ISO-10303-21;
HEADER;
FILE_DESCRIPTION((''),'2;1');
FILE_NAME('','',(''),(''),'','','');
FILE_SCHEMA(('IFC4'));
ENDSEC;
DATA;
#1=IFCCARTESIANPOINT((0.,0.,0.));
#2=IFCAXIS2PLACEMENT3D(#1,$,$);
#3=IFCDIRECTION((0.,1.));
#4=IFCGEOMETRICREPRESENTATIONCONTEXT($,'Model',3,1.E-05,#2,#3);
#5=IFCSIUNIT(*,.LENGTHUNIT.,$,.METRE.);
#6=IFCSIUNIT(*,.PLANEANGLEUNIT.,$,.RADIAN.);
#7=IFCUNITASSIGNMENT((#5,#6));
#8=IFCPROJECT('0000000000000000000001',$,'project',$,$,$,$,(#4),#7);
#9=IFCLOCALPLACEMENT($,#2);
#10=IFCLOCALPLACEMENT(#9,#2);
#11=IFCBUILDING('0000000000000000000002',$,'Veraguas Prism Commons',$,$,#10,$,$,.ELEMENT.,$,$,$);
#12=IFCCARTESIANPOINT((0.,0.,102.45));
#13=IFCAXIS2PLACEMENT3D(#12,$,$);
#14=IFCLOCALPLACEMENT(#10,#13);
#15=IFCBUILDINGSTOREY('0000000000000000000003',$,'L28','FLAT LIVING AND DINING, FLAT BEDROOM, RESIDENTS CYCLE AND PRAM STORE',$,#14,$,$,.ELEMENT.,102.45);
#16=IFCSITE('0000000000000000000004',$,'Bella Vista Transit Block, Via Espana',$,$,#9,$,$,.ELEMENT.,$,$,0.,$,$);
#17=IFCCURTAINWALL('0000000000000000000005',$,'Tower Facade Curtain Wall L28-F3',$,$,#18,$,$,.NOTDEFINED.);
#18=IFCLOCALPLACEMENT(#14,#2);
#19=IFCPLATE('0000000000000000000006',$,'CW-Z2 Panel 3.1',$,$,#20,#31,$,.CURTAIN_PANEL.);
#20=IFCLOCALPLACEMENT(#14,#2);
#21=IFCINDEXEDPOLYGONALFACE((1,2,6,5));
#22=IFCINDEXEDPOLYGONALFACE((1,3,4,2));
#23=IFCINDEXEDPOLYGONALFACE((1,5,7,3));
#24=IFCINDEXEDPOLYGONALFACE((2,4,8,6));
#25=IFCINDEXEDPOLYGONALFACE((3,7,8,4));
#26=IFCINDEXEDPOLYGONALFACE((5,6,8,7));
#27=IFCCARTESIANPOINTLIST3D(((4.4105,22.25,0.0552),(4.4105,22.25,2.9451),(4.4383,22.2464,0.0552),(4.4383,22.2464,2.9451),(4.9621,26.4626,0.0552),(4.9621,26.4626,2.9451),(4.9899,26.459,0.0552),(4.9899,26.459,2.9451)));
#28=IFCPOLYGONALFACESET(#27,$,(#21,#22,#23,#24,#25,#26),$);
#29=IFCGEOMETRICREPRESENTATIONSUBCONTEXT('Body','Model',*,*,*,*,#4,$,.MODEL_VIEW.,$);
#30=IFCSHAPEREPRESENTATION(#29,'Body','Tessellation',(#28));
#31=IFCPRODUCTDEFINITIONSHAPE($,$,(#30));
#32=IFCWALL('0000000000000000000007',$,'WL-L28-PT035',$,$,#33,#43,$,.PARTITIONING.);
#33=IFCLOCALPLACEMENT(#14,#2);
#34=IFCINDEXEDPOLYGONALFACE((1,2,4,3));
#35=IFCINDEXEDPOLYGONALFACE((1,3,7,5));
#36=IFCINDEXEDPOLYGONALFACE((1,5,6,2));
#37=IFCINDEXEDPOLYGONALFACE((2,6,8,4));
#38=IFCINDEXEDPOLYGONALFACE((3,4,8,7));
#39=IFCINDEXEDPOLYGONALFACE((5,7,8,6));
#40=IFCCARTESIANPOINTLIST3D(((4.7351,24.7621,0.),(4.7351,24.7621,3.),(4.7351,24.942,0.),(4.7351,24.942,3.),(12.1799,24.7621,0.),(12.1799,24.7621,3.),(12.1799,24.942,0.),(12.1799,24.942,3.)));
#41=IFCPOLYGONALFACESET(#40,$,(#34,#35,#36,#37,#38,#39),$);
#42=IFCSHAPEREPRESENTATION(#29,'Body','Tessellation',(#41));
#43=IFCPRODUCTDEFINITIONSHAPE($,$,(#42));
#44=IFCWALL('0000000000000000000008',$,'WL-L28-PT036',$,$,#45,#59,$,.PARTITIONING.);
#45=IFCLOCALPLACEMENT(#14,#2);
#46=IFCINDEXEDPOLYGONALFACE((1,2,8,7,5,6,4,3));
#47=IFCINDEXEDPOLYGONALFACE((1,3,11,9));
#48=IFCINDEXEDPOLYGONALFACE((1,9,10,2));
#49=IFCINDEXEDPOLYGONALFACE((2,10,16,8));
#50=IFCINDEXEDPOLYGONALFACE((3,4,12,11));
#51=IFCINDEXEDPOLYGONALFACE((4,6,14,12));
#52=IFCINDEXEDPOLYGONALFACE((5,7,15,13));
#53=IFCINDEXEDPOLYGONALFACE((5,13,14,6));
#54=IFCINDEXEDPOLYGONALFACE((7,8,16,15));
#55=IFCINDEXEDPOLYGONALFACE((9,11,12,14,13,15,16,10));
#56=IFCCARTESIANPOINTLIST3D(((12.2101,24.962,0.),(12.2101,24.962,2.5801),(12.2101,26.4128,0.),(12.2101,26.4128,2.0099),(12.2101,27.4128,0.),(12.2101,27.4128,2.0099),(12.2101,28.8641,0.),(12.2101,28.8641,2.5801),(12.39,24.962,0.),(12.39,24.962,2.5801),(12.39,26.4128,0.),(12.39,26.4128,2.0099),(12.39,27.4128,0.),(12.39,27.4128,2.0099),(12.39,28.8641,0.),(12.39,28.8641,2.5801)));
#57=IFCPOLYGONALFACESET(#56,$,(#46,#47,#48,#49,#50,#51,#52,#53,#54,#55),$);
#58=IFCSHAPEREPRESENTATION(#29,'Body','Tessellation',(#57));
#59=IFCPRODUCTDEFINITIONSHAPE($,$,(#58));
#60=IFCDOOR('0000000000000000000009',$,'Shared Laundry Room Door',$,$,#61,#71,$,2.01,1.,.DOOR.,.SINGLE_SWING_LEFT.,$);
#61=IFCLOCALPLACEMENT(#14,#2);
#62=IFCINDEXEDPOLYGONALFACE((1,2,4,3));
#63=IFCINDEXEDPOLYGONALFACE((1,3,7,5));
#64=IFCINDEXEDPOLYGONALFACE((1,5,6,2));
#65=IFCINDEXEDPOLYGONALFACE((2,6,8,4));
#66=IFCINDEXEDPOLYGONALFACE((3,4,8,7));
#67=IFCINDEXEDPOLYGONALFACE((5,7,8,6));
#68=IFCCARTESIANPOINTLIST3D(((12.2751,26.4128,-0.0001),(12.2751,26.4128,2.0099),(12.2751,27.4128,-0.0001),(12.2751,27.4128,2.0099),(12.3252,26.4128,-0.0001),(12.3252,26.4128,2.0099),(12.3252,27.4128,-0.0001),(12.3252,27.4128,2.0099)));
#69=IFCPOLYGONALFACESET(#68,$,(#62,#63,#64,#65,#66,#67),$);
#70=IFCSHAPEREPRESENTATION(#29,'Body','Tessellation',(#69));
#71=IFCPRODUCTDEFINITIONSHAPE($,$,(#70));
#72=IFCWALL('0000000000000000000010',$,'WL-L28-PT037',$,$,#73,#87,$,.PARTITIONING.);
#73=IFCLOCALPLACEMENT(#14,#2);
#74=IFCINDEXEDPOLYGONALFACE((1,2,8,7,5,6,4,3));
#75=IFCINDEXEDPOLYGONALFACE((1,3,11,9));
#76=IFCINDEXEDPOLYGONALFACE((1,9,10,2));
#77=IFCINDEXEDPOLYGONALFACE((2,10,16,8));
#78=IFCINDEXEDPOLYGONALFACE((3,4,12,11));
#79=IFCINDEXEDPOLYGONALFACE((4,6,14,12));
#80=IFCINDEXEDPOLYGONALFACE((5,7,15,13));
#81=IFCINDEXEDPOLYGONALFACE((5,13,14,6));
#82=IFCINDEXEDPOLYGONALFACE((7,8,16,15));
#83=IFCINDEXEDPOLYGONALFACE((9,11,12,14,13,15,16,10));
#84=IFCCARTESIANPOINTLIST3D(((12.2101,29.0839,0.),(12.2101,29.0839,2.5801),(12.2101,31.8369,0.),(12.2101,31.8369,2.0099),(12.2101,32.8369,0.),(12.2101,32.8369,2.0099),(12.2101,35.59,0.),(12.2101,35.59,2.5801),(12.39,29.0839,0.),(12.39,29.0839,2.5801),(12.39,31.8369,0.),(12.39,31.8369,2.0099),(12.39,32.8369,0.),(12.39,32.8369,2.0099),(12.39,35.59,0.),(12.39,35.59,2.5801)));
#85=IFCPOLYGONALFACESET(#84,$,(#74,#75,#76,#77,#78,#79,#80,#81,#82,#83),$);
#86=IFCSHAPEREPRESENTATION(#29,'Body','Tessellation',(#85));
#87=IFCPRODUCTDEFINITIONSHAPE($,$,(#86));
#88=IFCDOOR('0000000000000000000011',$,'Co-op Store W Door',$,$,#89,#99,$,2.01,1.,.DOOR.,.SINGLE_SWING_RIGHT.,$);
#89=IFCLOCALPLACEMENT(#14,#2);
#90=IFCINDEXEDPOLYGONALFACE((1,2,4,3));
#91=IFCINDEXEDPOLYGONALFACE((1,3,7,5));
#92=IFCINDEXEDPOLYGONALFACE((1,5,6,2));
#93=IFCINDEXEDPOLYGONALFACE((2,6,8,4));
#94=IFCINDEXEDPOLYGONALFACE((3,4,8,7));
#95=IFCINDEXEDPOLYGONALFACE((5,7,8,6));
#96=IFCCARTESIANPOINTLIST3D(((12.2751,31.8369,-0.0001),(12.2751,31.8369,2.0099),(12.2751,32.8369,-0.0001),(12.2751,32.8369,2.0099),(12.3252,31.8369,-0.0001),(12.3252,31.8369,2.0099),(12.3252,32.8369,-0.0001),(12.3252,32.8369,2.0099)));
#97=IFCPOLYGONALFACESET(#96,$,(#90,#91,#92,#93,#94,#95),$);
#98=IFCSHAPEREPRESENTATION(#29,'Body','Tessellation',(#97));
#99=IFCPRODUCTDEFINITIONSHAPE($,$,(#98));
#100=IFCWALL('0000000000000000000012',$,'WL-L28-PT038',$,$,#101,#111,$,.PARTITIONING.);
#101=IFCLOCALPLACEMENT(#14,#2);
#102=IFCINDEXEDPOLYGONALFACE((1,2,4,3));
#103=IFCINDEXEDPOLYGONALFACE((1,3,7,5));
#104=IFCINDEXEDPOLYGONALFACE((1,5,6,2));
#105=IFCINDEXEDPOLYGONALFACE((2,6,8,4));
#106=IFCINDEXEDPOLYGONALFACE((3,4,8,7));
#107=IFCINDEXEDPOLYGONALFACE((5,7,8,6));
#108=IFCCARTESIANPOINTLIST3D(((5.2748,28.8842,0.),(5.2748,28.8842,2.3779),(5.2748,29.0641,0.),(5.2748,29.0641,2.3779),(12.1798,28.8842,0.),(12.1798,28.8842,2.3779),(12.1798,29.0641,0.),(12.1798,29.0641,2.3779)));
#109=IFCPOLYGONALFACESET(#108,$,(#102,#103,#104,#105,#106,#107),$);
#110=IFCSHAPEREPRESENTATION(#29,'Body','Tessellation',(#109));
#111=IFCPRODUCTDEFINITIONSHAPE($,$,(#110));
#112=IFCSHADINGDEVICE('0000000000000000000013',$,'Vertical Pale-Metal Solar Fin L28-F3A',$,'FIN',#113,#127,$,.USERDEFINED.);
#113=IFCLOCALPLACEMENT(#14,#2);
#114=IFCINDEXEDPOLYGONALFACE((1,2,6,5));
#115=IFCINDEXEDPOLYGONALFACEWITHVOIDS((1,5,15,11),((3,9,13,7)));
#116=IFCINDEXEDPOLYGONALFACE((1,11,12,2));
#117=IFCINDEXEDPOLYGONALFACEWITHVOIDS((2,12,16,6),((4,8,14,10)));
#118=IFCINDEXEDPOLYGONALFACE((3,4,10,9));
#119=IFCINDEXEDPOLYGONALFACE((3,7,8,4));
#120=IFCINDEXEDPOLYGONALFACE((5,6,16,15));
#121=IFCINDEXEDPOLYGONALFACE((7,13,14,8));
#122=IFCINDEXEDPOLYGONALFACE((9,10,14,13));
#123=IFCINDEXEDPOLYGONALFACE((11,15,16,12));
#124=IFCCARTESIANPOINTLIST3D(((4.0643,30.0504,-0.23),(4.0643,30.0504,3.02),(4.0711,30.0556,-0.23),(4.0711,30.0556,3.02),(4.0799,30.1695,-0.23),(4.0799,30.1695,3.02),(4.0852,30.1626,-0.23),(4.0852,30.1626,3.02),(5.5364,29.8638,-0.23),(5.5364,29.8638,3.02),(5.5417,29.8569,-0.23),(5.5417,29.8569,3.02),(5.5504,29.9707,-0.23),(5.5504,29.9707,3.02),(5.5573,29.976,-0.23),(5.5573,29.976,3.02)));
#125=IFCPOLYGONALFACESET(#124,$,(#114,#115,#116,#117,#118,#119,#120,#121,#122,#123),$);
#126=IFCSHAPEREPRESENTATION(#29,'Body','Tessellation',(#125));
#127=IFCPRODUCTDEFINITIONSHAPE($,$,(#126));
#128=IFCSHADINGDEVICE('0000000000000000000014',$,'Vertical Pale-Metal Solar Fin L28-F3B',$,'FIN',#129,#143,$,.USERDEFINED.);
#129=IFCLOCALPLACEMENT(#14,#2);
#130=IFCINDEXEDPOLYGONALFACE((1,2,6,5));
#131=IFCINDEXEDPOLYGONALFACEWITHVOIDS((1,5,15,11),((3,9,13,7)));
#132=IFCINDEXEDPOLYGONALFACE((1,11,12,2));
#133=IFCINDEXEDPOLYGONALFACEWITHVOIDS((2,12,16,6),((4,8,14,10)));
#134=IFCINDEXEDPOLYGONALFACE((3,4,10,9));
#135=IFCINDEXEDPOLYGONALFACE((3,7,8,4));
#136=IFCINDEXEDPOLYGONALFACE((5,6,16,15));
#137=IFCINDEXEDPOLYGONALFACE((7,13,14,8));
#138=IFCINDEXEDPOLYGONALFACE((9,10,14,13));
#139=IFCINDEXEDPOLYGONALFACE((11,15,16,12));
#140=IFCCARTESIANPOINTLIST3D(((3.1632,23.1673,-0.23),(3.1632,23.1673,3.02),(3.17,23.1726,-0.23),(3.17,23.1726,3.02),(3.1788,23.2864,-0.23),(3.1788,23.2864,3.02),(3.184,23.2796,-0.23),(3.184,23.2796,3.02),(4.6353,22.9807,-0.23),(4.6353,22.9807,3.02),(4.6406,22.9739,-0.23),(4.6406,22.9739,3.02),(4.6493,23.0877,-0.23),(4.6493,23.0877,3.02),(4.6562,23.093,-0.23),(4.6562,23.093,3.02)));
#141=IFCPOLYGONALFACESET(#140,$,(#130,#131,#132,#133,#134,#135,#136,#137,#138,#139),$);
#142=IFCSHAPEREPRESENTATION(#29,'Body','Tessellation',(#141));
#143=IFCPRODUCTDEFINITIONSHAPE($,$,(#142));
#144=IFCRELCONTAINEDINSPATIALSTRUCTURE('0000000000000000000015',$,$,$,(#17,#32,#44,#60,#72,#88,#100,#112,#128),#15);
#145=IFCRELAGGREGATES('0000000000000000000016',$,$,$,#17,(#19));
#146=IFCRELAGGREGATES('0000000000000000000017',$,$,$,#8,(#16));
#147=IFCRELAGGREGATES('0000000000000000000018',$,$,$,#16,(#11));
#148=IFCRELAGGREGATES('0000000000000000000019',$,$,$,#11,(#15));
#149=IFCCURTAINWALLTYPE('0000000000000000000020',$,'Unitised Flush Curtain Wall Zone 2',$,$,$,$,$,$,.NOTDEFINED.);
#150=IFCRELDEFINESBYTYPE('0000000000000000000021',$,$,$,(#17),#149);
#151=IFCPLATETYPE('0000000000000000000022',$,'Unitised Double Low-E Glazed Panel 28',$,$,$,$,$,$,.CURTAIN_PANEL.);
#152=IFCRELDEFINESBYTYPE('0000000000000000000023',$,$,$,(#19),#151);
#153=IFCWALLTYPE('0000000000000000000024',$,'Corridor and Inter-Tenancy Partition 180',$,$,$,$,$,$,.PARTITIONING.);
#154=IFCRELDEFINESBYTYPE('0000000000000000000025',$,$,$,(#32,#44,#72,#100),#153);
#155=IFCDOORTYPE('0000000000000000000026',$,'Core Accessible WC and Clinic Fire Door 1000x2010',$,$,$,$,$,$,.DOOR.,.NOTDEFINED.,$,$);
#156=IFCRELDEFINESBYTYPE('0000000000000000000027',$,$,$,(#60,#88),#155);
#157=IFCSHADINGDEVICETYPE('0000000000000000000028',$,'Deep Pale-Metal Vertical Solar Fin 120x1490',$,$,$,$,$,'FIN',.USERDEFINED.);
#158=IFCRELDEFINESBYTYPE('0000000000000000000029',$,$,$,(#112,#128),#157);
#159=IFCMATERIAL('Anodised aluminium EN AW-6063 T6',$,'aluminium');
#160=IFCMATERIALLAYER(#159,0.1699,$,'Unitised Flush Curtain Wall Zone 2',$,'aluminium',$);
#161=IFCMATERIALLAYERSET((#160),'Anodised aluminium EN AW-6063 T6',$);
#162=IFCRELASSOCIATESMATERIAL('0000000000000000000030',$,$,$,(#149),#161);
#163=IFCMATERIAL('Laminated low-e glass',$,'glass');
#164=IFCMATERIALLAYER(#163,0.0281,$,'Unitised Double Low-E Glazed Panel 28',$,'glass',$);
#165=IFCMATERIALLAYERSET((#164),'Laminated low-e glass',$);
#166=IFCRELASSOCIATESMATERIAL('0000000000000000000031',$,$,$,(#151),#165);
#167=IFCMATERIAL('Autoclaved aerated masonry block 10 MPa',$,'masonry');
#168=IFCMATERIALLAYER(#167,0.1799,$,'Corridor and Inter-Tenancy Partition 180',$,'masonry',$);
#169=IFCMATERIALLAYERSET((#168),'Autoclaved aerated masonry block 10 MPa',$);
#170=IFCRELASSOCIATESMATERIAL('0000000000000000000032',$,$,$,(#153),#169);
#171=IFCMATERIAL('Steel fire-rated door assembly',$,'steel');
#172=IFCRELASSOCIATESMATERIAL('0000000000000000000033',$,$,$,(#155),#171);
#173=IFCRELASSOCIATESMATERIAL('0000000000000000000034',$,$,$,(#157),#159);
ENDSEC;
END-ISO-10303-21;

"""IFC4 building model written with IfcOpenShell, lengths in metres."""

from ifc_helpers import new_model, si_unit, direction, frame, frame_2d, origin, origin_2d, place, context, subcontext, project, spatial, rectangle, hollow_rectangle, extrude, source, transform, mapped, material, layer, layer_set, material_profile, profile_set, type_object, element, fill, aggregate, save


model = new_model("IFC4")

# Units and contexts
model_context = context("Model", 3, precision=1e-05, world=origin(), true_north=direction((0.0, 1.0)))
body_context = subcontext(model_context, "Body", "Model", "MODEL_VIEW")
ifc_project = project(units=[si_unit("LENGTHUNIT", "METRE"), si_unit("PLANEANGLEUNIT", "RADIAN")], contexts=[model_context])

# Site, building, storey
site_placement = place(None, origin())
site = spatial("IfcSite", under=ifc_project, at=site_placement, Name="Bella Vista Transit Block, Via Espana", CompositionType="ELEMENT", RefElevation=0.0)
building_placement = place(site_placement, origin())
building = spatial("IfcBuilding", under=site, at=building_placement, Name="Veraguas Prism Commons", CompositionType="ELEMENT")
storey_placement = place(building_placement, frame((0.0, 0.0, 102.45)))
storey = spatial("IfcBuildingStorey", under=building, at=storey_placement, Name="L28", Description="FLAT LIVING AND DINING, FLAT BEDROOM, RESIDENTS CYCLE AND PRAM STORE", CompositionType="ELEMENT", Elevation=102.45)

# Curtain wall, plate
ifc_material_1 = material(Name="Anodised aluminium EN AW-6063 T6", Category="aluminium")
ifc_layer_1 = layer(ifc_material_1, 0.1699, Name="Unitised Flush Curtain Wall Zone 2", Category="aluminium")
ifc_layer_set_1 = layer_set([ifc_layer_1], Name="Anodised aluminium EN AW-6063 T6")
curtain_wall_type = type_object("IfcCurtainWallType", Name="Unitised Flush Curtain Wall Zone 2", PredefinedType="NOTDEFINED", material=ifc_layer_set_1)
curtain_wall_placement = place(storey_placement, origin())
curtain_wall = element("IfcCurtainWall", 1, at=curtain_wall_placement, inside=storey, type_object=curtain_wall_type, Name="Tower Facade Curtain Wall L28-F3", PredefinedType="NOTDEFINED")
ifc_material_2 = material(Name="Laminated low-e glass", Category="glass")
ifc_layer_2 = layer(ifc_material_2, 0.0281, Name="Unitised Double Low-E Glazed Panel 28", Category="glass")
ifc_layer_set_2 = layer_set([ifc_layer_2], Name="Laminated low-e glass")
plate_type = type_object("IfcPlateType", Name="Unitised Double Low-E Glazed Panel 28", PredefinedType="CURTAIN_PANEL", material=ifc_layer_set_2)
shared_shape_1 = source(origin(), body_context, "Body", "SweptSolid", [
    extrude(rectangle(XDim=4.2485, YDim=0.0281, at=origin_2d()), origin(), (0.0, 0.0, 1.0), 2.8899),
])
plate_1_placement = place(storey_placement, frame((4.7002, 24.3545, 0.0552), z_axis=(0.0, 0.0, 1.0), x_axis=(-0.129834, -0.991536, 0.0)))
plate_1 = element("IfcPlate", 2, at=plate_1_placement, type_object=plate_type, Name="CW-Z2 Panel 3.1", PredefinedType="CURTAIN_PANEL", context=body_context, shape_type="MappedRepresentation", body=[
    mapped(shared_shape_1, transform((0.0, 0.0, 0.0), scale=1.0)),
])
aggregate(curtain_wall, [plate_1])

# Wall
ifc_material_3 = material(Name="Autoclaved aerated masonry block 10 MPa", Category="masonry")
ifc_layer_3 = layer(ifc_material_3, 0.1799, Name="Corridor and Inter-Tenancy Partition 180", Category="masonry")
ifc_layer_set_3 = layer_set([ifc_layer_3], Name="Autoclaved aerated masonry block 10 MPa")
wall_type = type_object("IfcWallType", Name="Corridor and Inter-Tenancy Partition 180", PredefinedType="PARTITIONING", material=ifc_layer_set_3)
wall_1_placement = place(storey_placement, frame((12.1799, 24.8521, 0.0), z_axis=(0.0, 0.0, 1.0), x_axis=(-1.0, 0.0, 0.0)))
element("IfcWall", 3, at=wall_1_placement, inside=storey, type_object=wall_type, Name="WL-L28-PT035", PredefinedType="PARTITIONING", context=body_context, shape_type="SweptSolid", body=[
    extrude(rectangle(XDim=7.4448, YDim=0.1799, at=frame_2d((3.7224, 0.0))), origin(), (0.0, 0.0, 1.0), 3.0),
])

# Walls, openings, doors
wall_2_placement = place(storey_placement, frame((12.3, 24.9619, 0.0), z_axis=(0.0, 0.0, 1.0), x_axis=(0.0, 1.0, 0.0)))
wall_2 = element("IfcWall", 4, at=wall_2_placement, inside=storey, type_object=wall_type, Name="WL-L28-PT036", PredefinedType="PARTITIONING", context=body_context, shape_type="SweptSolid", body=[
    extrude(rectangle(XDim=3.9021, YDim=0.1799, at=frame_2d((1.9512, 0.0))), origin(), (0.0, 0.0, 1.0), 2.5801),
])
opening_1_placement = place(wall_2_placement, frame((1.4509, 0.0, 0.0)))
opening_1 = element("IfcOpeningElement", 5, at=opening_1_placement, cuts=wall_2, PredefinedType="OPENING", context=body_context, shape_type="SweptSolid", body=[
    extrude(rectangle(XDim=1.0, YDim=2.01, at=frame_2d((0.5, 1.0049))), frame((0.0, 0.0999, 0.0), z_axis=(0.0, -1.0, 0.0), x_axis=(1.0, 0.0, 0.0)), (0.0, 0.0, 1.0), 0.2),
])
ifc_material_4 = material(Name="Steel fire-rated door assembly", Category="steel")
door_type = type_object("IfcDoorType", Name="Core Accessible WC and Clinic Fire Door 1000x2010", OperationType="NOTDEFINED", PredefinedType="DOOR", material=ifc_material_4)
shared_shape_2 = source(origin(), body_context, "Body", "SweptSolid", [
    extrude(rectangle(XDim=1.0, YDim=2.01, at=frame_2d((0.5, 1.0049))), frame((0.0, 0.0249, 0.0), z_axis=(0.0, -1.0, 0.0), x_axis=(1.0, 0.0, 0.0)), (0.0, 0.0, 1.0), 0.05),
])
door_1_placement = place(opening_1_placement, origin())
door_1 = element("IfcDoor", 6, at=door_1_placement, inside=storey, type_object=door_type, Name="Shared Laundry Room Door", OperationType="SINGLE_SWING_LEFT", OverallHeight=2.01, OverallWidth=1.0, PredefinedType="DOOR", context=body_context, shape_type="MappedRepresentation", body=[
    mapped(shared_shape_2, transform((0.0, 0.0, 0.0), scale=1.0)),
])
fill(opening_1, door_1)
wall_3_placement = place(storey_placement, frame((12.3, 29.084, 0.0), z_axis=(0.0, 0.0, 1.0), x_axis=(0.0, 1.0, 0.0)))
wall_3 = element("IfcWall", 7, at=wall_3_placement, inside=storey, type_object=wall_type, Name="WL-L28-PT037", PredefinedType="PARTITIONING", context=body_context, shape_type="SweptSolid", body=[
    extrude(rectangle(XDim=6.5061, YDim=0.1799, at=frame_2d((3.2529, 0.0))), origin(), (0.0, 0.0, 1.0), 2.5801),
])
opening_2_placement = place(wall_3_placement, frame((2.7529, 0.0, 0.0)))
opening_2 = element("IfcOpeningElement", 8, at=opening_2_placement, cuts=wall_3, PredefinedType="OPENING", context=body_context, shape_type="SweptSolid", body=[
    extrude(rectangle(XDim=1.0, YDim=2.01, at=frame_2d((0.5, 1.0049))), frame((0.0, 0.0999, 0.0), z_axis=(0.0, -1.0, 0.0), x_axis=(1.0, 0.0, 0.0)), (0.0, 0.0, 1.0), 0.2),
])
door_2_placement = place(opening_2_placement, origin())
door_2 = element("IfcDoor", 9, at=door_2_placement, inside=storey, type_object=door_type, Name="Co-op Store W Door", OperationType="SINGLE_SWING_RIGHT", OverallHeight=2.01, OverallWidth=1.0, PredefinedType="DOOR", context=body_context, shape_type="MappedRepresentation", body=[
    mapped(shared_shape_2, transform((0.0, 0.0, 0.0), scale=1.0)),
])
fill(opening_2, door_2)

# Wall
wall_4_placement = place(storey_placement, frame((12.1799, 28.9741, 0.0), z_axis=(0.0, 0.0, 1.0), x_axis=(-1.0, 0.0, 0.0)))
element("IfcWall", 10, at=wall_4_placement, inside=storey, type_object=wall_type, Name="WL-L28-PT038", PredefinedType="PARTITIONING", context=body_context, shape_type="SweptSolid", body=[
    extrude(rectangle(XDim=6.905, YDim=0.1799, at=frame_2d((3.4526, 0.0))), origin(), (0.0, 0.0, 1.0), 2.3779),
])

# Shading devices
ifc_material_profile_1 = material_profile(ifc_material_1, hollow_rectangle(XDim=0.1201, YDim=1.49, WallThickness=0.0061, at=origin_2d()), Name="FIN120X1490X6")
ifc_profile_set_1 = profile_set([ifc_material_profile_1], Name="Anodised aluminium EN AW-6063 T6")
shading_device_type = type_object("IfcShadingDeviceType", Name="Deep Pale-Metal Vertical Solar Fin 120x1490", ElementType="FIN", PredefinedType="USERDEFINED", material=ifc_profile_set_1)
for number, where, z_axis, x_axis, name in (
    (11, (4.8108, 30.0132, -0.23), (0.0, 0.0, 1.0), (-0.129834, -0.991536, 0.0), "Vertical Pale-Metal Solar Fin L28-F3A"),
    (12, (3.9097, 23.1301, -0.23), (0.0, 0.0, 1.0), (-0.129834, -0.991536, 0.0), "Vertical Pale-Metal Solar Fin L28-F3B"),
):
    element("IfcShadingDevice", number, at=place(storey_placement, frame(where, z_axis=z_axis, x_axis=x_axis)), inside=storey, type_object=shading_device_type, Name=name, ObjectType="FIN", PredefinedType="USERDEFINED", context=body_context, shape_type="SweptSolid", body=[
        extrude(hollow_rectangle(XDim=0.1201, YDim=1.49, WallThickness=0.0061, at=origin_2d()), origin(), (0.0, 0.0, 1.0), 3.25),
    ])

save(model, "model.ifc")
